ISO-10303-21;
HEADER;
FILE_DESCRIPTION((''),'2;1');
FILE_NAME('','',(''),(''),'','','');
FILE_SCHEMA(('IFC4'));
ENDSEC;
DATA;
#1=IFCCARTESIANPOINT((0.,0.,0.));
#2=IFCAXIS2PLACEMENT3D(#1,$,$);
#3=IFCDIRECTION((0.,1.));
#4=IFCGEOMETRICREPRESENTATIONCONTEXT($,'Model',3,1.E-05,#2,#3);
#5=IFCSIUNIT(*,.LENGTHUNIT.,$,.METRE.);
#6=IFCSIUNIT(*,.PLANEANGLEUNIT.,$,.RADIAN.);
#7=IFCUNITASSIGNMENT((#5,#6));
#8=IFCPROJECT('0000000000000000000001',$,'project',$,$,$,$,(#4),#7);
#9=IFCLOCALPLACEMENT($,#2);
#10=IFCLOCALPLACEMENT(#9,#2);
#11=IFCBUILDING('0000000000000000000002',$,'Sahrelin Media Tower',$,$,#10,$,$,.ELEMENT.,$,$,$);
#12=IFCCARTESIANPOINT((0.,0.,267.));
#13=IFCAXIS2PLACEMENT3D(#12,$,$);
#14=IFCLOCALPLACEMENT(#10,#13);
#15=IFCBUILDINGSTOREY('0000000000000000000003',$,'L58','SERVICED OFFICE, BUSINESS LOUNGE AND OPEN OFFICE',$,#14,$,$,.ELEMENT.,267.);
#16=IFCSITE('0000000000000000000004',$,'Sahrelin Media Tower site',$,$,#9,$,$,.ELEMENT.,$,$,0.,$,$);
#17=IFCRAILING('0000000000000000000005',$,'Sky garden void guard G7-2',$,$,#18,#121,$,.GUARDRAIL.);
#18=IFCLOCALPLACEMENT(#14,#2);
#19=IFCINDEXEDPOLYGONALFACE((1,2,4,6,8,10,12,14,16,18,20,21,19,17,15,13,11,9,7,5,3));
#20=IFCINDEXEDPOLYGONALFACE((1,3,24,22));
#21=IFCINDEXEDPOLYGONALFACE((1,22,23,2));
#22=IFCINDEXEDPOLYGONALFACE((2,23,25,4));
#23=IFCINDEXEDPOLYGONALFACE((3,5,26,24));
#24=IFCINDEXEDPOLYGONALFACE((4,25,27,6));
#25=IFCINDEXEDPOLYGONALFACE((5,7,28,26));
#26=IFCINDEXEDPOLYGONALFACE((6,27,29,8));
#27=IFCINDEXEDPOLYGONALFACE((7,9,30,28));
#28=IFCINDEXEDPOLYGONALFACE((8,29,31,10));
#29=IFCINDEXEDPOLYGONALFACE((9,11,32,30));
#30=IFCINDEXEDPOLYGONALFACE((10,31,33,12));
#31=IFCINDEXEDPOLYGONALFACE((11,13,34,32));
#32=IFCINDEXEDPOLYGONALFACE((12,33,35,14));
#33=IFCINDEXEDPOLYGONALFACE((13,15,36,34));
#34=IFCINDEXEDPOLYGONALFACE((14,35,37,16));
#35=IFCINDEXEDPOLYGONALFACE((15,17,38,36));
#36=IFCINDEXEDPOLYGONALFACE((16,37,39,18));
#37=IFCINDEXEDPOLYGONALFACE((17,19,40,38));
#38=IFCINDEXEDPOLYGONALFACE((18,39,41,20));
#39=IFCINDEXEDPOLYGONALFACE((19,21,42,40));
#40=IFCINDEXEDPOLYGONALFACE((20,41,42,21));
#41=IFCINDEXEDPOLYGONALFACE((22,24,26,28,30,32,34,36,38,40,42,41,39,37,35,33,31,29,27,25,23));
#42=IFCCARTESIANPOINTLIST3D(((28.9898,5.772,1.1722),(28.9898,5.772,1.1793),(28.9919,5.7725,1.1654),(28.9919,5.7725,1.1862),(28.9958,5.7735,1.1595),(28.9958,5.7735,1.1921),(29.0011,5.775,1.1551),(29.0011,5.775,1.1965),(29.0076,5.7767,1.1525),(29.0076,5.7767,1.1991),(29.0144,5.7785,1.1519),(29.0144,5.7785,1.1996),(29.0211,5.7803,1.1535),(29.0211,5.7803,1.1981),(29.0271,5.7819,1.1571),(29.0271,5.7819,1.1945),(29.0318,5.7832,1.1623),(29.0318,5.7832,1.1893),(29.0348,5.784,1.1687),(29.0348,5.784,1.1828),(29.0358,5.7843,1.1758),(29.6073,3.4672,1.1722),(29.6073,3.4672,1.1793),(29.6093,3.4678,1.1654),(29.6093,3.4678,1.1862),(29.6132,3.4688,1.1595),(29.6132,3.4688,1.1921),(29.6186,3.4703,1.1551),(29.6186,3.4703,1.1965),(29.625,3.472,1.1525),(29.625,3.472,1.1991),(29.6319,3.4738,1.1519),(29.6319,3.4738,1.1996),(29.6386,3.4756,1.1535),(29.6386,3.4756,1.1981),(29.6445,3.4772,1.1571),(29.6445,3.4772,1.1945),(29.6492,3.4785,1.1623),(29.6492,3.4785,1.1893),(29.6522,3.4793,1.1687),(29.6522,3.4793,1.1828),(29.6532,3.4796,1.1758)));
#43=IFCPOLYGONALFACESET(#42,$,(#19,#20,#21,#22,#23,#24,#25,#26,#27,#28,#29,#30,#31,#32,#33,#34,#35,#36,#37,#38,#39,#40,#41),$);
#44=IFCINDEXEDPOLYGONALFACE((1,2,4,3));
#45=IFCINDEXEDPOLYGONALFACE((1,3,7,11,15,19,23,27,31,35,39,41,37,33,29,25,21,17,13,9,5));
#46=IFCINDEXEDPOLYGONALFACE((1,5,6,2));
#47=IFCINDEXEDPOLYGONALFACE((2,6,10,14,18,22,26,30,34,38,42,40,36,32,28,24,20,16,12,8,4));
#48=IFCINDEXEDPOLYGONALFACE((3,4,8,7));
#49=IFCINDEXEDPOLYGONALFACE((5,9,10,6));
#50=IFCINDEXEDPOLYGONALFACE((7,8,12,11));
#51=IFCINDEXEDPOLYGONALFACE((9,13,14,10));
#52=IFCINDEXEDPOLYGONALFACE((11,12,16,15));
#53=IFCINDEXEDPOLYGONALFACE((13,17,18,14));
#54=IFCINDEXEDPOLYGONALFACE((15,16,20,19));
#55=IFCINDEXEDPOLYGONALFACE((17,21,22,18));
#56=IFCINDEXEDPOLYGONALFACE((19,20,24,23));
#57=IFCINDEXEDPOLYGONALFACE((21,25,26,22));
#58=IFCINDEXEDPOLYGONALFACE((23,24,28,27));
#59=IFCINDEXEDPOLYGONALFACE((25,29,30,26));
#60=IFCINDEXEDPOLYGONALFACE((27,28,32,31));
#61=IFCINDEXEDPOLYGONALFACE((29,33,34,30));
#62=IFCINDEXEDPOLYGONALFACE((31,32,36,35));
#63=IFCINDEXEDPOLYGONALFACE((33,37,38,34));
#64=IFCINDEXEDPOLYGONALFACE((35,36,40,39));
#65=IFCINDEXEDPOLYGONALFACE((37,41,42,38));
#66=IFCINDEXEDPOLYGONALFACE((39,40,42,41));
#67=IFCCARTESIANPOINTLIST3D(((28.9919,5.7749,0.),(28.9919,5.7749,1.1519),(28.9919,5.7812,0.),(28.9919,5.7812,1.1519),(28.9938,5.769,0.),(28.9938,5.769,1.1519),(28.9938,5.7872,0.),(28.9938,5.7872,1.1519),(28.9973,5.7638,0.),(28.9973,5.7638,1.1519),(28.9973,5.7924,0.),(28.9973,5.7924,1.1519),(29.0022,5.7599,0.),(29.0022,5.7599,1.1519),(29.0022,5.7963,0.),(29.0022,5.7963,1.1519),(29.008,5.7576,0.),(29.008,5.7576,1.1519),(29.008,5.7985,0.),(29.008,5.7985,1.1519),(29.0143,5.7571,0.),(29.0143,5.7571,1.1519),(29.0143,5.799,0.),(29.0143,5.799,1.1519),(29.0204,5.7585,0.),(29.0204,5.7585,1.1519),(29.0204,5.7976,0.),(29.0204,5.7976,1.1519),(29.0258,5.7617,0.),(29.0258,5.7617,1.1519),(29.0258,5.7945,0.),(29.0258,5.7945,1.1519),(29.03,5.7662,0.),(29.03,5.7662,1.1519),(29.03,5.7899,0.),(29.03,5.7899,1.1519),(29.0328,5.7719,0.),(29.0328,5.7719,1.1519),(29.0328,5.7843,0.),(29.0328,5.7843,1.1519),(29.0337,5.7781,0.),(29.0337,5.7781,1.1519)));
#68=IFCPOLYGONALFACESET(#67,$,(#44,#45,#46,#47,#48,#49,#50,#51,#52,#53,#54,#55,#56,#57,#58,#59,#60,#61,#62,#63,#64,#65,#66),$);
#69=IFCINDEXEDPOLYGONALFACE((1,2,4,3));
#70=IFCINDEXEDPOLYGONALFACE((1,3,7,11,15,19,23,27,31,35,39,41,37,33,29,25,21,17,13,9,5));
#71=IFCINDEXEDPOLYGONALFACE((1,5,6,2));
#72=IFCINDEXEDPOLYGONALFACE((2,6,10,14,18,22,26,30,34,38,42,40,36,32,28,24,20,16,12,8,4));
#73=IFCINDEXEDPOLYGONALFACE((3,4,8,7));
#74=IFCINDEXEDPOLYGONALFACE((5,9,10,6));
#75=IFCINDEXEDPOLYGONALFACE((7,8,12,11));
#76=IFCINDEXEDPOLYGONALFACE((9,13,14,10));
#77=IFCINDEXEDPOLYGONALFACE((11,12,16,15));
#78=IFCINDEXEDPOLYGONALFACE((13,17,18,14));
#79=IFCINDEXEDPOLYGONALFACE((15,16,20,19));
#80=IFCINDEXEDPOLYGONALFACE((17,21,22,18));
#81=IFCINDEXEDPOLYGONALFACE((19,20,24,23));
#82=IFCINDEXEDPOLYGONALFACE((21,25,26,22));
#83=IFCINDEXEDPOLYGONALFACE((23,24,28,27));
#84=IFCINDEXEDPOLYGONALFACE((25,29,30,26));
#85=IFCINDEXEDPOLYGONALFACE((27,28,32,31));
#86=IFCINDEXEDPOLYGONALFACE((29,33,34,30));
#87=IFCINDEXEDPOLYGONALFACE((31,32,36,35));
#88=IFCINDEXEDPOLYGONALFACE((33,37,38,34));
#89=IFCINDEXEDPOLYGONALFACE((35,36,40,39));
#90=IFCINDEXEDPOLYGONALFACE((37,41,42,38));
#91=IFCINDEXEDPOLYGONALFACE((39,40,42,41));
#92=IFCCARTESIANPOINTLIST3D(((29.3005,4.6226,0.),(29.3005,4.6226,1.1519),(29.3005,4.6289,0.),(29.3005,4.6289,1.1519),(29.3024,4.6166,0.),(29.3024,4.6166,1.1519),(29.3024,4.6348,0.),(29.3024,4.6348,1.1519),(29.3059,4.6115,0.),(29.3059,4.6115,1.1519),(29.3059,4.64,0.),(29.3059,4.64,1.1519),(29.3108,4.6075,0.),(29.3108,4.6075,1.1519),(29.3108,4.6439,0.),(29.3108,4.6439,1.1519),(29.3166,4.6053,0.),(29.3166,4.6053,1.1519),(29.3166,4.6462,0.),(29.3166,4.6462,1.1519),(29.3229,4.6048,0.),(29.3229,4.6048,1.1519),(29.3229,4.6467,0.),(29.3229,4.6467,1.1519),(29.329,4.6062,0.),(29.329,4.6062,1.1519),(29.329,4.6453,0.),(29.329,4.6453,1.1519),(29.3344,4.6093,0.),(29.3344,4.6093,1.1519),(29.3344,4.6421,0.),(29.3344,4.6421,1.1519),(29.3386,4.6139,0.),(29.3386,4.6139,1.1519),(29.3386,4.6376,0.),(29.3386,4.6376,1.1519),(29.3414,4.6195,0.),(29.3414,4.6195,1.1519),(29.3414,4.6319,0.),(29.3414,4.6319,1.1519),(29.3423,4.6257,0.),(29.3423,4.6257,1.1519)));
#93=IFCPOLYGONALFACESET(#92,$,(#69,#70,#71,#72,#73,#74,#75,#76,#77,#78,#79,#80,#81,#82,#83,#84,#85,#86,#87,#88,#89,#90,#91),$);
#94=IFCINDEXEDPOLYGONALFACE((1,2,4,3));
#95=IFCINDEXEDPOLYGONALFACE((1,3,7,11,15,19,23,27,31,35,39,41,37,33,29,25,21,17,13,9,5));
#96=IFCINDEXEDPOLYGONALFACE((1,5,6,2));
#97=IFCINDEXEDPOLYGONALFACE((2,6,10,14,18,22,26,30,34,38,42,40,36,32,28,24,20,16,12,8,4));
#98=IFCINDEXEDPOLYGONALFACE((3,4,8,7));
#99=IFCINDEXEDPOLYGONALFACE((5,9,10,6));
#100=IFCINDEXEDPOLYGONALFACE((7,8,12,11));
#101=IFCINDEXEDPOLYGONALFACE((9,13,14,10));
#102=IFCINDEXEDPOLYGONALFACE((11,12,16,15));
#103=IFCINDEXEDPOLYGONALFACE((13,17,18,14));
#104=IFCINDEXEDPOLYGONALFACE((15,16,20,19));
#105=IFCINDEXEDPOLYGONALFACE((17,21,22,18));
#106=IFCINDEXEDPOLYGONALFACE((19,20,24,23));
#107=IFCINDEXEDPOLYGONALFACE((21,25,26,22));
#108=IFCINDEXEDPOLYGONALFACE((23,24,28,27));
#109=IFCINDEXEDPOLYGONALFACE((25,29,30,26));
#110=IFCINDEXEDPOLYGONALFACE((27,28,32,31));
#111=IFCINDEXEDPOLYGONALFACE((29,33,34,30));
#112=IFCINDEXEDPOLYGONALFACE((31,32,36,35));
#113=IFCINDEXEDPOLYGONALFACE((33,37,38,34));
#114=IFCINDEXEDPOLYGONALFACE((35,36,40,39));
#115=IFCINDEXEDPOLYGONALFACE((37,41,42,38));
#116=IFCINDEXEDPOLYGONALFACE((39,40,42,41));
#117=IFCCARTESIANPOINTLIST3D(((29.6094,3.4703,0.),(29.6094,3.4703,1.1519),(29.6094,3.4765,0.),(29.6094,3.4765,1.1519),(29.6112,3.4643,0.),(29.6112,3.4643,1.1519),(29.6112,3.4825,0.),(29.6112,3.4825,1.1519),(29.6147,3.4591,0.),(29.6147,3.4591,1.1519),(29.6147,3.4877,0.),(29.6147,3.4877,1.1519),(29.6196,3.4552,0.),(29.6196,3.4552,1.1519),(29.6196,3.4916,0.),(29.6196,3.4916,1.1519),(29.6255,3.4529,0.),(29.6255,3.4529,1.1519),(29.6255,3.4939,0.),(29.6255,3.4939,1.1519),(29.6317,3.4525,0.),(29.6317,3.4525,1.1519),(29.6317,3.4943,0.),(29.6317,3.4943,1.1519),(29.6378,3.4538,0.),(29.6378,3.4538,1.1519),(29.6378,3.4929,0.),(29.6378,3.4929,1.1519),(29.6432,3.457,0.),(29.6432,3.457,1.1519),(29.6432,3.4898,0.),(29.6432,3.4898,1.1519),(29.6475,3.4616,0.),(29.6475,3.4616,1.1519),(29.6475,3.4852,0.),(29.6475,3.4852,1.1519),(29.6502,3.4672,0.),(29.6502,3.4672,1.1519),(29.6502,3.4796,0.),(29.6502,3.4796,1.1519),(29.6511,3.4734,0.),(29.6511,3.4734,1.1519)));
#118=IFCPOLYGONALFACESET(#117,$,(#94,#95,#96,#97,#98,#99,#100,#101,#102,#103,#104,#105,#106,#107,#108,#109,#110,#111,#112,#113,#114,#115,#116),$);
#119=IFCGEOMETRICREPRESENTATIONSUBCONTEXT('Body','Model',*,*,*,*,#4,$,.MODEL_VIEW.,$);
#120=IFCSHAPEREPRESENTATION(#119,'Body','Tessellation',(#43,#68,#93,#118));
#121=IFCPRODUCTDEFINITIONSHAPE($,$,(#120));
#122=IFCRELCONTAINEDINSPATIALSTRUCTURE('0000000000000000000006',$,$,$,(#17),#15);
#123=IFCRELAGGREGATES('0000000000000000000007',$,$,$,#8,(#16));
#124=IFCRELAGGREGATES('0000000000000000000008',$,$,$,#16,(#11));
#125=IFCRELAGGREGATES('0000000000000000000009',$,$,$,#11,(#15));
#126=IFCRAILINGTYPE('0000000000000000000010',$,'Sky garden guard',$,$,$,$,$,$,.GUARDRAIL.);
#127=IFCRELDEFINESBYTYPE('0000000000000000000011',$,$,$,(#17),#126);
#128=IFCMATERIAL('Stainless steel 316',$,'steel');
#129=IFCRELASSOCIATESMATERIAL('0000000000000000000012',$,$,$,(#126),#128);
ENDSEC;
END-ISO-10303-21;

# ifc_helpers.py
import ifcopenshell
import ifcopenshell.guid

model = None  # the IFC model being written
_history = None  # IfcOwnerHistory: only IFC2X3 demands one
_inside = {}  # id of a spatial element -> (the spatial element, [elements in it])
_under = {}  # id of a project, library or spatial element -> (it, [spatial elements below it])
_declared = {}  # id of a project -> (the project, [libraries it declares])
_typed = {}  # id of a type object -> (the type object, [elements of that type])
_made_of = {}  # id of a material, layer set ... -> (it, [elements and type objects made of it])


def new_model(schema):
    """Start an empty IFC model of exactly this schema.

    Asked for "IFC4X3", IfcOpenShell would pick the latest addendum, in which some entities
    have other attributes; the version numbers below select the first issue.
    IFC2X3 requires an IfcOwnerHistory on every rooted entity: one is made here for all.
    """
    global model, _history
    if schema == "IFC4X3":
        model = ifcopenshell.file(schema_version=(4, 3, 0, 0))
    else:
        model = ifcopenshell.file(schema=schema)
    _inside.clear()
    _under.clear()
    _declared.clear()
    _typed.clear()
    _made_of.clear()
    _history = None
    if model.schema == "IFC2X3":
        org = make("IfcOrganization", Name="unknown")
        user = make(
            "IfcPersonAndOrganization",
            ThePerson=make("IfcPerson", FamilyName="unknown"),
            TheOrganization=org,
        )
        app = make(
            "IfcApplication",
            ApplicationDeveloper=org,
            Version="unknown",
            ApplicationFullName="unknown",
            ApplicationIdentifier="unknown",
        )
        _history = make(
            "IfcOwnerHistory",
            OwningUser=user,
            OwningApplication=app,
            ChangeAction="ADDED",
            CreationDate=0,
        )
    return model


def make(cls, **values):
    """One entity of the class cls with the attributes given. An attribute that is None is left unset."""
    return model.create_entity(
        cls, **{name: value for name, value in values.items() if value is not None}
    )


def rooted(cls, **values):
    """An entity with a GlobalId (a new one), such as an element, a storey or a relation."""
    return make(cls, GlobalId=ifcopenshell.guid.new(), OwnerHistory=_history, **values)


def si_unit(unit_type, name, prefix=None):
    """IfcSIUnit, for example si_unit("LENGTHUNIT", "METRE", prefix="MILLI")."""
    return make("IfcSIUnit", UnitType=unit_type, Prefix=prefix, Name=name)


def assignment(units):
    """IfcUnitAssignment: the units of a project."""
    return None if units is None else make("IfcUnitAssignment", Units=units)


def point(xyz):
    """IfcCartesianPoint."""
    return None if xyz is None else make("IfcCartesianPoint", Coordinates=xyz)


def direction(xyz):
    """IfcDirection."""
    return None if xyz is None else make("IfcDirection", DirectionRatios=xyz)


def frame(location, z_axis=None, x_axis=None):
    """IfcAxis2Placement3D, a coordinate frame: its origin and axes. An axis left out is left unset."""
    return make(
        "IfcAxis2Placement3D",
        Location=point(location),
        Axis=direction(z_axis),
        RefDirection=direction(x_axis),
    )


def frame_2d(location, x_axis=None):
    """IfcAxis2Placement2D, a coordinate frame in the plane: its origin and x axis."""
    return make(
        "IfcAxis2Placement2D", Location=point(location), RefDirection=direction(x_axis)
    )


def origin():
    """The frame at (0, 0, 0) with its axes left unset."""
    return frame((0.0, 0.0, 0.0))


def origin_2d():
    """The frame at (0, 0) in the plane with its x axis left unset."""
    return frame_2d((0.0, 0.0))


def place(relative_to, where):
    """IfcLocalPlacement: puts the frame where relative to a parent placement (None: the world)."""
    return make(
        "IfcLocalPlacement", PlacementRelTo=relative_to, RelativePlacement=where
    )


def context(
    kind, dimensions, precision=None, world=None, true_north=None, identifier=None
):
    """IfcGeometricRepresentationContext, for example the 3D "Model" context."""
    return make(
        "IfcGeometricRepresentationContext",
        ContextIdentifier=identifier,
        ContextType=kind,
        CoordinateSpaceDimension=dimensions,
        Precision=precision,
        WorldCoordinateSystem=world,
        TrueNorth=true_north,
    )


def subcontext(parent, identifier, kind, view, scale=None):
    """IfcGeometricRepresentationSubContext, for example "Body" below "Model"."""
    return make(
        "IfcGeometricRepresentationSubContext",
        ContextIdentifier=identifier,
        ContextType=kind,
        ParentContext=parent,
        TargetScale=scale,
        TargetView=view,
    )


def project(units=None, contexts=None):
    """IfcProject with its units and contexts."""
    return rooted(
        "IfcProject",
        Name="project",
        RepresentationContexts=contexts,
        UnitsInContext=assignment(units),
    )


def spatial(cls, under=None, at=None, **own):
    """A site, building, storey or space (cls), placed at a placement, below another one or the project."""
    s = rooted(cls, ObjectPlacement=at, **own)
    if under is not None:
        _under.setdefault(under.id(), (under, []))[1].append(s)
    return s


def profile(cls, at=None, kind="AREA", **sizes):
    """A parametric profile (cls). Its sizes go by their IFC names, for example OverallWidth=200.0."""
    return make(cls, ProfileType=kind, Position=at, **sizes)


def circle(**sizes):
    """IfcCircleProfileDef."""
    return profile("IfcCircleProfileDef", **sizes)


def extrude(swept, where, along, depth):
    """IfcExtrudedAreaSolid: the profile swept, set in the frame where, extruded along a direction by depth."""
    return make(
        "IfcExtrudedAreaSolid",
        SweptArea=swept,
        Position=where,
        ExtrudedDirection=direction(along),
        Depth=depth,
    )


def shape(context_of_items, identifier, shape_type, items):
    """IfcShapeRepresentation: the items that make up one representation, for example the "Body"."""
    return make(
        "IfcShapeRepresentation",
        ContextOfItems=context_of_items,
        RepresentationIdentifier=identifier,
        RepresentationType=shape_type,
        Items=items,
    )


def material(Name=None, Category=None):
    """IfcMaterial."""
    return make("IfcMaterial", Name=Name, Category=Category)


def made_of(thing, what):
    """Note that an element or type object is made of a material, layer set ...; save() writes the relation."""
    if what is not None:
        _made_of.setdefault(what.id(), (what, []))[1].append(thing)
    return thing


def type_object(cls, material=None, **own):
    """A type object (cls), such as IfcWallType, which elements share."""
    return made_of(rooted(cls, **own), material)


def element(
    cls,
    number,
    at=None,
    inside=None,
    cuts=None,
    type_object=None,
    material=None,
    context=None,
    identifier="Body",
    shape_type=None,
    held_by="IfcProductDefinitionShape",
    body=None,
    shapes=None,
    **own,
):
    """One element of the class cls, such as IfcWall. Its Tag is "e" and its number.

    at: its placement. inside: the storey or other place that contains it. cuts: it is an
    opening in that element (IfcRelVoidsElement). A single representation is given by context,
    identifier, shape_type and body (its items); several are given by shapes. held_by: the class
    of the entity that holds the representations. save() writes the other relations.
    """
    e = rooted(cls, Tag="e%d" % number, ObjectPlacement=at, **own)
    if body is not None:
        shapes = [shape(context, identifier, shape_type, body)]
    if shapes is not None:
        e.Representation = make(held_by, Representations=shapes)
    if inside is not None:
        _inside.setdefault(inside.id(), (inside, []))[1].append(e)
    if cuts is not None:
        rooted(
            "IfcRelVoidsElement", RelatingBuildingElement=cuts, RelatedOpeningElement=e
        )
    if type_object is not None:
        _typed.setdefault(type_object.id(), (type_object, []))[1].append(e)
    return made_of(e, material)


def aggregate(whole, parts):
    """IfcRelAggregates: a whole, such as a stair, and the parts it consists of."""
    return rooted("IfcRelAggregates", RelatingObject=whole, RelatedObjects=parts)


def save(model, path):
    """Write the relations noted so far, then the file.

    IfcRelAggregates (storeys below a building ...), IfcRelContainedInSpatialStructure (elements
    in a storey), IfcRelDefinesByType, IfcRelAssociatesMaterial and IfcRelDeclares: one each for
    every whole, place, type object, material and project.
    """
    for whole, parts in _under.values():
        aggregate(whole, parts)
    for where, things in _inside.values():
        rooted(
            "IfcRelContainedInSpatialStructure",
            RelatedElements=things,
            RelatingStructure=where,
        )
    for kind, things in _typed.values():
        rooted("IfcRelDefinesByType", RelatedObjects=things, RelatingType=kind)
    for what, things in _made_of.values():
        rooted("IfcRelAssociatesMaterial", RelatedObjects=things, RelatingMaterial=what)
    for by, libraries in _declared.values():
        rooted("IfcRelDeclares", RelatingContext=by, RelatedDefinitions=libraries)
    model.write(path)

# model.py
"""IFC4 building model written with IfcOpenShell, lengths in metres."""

from ifc_helpers import new_model, si_unit, direction, frame, origin, origin_2d, place, context, subcontext, project, spatial, circle, extrude, material, type_object, element, save


model = new_model("IFC4")

# Units and contexts
model_context = context("Model", 3, precision=1e-05, world=origin(), true_north=direction((0.0, 1.0)))
body_context = subcontext(model_context, "Body", "Model", "MODEL_VIEW")
ifc_project = project(units=[si_unit("LENGTHUNIT", "METRE"), si_unit("PLANEANGLEUNIT", "RADIAN")], contexts=[model_context])

# Site, building, storey
site_placement = place(None, origin())
site = spatial("IfcSite", under=ifc_project, at=site_placement, Name="Sahrelin Media Tower site", CompositionType="ELEMENT", RefElevation=0.0)
building_placement = place(site_placement, origin())
building = spatial("IfcBuilding", under=site, at=building_placement, Name="Sahrelin Media Tower", CompositionType="ELEMENT")
storey_placement = place(building_placement, frame((0.0, 0.0, 267.0)))
storey = spatial("IfcBuildingStorey", under=building, at=storey_placement, Name="L58", Description="SERVICED OFFICE, BUSINESS LOUNGE AND OPEN OFFICE", CompositionType="ELEMENT", Elevation=267.0)

# Railing
ifc_material_1 = material(Name="Stainless steel 316", Category="steel")
railing_type = type_object("IfcRailingType", Name="Sky garden guard", PredefinedType="GUARDRAIL", material=ifc_material_1)
railing_1_placement = place(storey_placement, frame((29.0127, 5.7781, 0.0)))
element("IfcRailing", 1, at=railing_1_placement, inside=storey, type_object=railing_type, Name="Sky garden void guard G7-2", PredefinedType="GUARDRAIL", context=body_context, shape_type="SweptSolid", body=[
    extrude(circle(Radius=0.0239, at=origin_2d()), frame((0.0, 0.0, 1.1758), z_axis=(0.258777, -0.965937, 0.0), x_axis=(0.965937, 0.258777, 0.0)), (0.0, 0.0, 1.0), 2.386),
    extrude(circle(Radius=0.021, at=origin_2d()), origin(), (0.0, 0.0, 1.0), 1.1519),
    extrude(circle(Radius=0.021, at=origin_2d()), frame((0.3086, -1.1523, 0.0)), (0.0, 0.0, 1.0), 1.1519),
    extrude(circle(Radius=0.021, at=origin_2d()), frame((0.6174, -2.3047, 0.0)), (0.0, 0.0, 1.0), 1.1519),
])

save(model, "model.ifc")
